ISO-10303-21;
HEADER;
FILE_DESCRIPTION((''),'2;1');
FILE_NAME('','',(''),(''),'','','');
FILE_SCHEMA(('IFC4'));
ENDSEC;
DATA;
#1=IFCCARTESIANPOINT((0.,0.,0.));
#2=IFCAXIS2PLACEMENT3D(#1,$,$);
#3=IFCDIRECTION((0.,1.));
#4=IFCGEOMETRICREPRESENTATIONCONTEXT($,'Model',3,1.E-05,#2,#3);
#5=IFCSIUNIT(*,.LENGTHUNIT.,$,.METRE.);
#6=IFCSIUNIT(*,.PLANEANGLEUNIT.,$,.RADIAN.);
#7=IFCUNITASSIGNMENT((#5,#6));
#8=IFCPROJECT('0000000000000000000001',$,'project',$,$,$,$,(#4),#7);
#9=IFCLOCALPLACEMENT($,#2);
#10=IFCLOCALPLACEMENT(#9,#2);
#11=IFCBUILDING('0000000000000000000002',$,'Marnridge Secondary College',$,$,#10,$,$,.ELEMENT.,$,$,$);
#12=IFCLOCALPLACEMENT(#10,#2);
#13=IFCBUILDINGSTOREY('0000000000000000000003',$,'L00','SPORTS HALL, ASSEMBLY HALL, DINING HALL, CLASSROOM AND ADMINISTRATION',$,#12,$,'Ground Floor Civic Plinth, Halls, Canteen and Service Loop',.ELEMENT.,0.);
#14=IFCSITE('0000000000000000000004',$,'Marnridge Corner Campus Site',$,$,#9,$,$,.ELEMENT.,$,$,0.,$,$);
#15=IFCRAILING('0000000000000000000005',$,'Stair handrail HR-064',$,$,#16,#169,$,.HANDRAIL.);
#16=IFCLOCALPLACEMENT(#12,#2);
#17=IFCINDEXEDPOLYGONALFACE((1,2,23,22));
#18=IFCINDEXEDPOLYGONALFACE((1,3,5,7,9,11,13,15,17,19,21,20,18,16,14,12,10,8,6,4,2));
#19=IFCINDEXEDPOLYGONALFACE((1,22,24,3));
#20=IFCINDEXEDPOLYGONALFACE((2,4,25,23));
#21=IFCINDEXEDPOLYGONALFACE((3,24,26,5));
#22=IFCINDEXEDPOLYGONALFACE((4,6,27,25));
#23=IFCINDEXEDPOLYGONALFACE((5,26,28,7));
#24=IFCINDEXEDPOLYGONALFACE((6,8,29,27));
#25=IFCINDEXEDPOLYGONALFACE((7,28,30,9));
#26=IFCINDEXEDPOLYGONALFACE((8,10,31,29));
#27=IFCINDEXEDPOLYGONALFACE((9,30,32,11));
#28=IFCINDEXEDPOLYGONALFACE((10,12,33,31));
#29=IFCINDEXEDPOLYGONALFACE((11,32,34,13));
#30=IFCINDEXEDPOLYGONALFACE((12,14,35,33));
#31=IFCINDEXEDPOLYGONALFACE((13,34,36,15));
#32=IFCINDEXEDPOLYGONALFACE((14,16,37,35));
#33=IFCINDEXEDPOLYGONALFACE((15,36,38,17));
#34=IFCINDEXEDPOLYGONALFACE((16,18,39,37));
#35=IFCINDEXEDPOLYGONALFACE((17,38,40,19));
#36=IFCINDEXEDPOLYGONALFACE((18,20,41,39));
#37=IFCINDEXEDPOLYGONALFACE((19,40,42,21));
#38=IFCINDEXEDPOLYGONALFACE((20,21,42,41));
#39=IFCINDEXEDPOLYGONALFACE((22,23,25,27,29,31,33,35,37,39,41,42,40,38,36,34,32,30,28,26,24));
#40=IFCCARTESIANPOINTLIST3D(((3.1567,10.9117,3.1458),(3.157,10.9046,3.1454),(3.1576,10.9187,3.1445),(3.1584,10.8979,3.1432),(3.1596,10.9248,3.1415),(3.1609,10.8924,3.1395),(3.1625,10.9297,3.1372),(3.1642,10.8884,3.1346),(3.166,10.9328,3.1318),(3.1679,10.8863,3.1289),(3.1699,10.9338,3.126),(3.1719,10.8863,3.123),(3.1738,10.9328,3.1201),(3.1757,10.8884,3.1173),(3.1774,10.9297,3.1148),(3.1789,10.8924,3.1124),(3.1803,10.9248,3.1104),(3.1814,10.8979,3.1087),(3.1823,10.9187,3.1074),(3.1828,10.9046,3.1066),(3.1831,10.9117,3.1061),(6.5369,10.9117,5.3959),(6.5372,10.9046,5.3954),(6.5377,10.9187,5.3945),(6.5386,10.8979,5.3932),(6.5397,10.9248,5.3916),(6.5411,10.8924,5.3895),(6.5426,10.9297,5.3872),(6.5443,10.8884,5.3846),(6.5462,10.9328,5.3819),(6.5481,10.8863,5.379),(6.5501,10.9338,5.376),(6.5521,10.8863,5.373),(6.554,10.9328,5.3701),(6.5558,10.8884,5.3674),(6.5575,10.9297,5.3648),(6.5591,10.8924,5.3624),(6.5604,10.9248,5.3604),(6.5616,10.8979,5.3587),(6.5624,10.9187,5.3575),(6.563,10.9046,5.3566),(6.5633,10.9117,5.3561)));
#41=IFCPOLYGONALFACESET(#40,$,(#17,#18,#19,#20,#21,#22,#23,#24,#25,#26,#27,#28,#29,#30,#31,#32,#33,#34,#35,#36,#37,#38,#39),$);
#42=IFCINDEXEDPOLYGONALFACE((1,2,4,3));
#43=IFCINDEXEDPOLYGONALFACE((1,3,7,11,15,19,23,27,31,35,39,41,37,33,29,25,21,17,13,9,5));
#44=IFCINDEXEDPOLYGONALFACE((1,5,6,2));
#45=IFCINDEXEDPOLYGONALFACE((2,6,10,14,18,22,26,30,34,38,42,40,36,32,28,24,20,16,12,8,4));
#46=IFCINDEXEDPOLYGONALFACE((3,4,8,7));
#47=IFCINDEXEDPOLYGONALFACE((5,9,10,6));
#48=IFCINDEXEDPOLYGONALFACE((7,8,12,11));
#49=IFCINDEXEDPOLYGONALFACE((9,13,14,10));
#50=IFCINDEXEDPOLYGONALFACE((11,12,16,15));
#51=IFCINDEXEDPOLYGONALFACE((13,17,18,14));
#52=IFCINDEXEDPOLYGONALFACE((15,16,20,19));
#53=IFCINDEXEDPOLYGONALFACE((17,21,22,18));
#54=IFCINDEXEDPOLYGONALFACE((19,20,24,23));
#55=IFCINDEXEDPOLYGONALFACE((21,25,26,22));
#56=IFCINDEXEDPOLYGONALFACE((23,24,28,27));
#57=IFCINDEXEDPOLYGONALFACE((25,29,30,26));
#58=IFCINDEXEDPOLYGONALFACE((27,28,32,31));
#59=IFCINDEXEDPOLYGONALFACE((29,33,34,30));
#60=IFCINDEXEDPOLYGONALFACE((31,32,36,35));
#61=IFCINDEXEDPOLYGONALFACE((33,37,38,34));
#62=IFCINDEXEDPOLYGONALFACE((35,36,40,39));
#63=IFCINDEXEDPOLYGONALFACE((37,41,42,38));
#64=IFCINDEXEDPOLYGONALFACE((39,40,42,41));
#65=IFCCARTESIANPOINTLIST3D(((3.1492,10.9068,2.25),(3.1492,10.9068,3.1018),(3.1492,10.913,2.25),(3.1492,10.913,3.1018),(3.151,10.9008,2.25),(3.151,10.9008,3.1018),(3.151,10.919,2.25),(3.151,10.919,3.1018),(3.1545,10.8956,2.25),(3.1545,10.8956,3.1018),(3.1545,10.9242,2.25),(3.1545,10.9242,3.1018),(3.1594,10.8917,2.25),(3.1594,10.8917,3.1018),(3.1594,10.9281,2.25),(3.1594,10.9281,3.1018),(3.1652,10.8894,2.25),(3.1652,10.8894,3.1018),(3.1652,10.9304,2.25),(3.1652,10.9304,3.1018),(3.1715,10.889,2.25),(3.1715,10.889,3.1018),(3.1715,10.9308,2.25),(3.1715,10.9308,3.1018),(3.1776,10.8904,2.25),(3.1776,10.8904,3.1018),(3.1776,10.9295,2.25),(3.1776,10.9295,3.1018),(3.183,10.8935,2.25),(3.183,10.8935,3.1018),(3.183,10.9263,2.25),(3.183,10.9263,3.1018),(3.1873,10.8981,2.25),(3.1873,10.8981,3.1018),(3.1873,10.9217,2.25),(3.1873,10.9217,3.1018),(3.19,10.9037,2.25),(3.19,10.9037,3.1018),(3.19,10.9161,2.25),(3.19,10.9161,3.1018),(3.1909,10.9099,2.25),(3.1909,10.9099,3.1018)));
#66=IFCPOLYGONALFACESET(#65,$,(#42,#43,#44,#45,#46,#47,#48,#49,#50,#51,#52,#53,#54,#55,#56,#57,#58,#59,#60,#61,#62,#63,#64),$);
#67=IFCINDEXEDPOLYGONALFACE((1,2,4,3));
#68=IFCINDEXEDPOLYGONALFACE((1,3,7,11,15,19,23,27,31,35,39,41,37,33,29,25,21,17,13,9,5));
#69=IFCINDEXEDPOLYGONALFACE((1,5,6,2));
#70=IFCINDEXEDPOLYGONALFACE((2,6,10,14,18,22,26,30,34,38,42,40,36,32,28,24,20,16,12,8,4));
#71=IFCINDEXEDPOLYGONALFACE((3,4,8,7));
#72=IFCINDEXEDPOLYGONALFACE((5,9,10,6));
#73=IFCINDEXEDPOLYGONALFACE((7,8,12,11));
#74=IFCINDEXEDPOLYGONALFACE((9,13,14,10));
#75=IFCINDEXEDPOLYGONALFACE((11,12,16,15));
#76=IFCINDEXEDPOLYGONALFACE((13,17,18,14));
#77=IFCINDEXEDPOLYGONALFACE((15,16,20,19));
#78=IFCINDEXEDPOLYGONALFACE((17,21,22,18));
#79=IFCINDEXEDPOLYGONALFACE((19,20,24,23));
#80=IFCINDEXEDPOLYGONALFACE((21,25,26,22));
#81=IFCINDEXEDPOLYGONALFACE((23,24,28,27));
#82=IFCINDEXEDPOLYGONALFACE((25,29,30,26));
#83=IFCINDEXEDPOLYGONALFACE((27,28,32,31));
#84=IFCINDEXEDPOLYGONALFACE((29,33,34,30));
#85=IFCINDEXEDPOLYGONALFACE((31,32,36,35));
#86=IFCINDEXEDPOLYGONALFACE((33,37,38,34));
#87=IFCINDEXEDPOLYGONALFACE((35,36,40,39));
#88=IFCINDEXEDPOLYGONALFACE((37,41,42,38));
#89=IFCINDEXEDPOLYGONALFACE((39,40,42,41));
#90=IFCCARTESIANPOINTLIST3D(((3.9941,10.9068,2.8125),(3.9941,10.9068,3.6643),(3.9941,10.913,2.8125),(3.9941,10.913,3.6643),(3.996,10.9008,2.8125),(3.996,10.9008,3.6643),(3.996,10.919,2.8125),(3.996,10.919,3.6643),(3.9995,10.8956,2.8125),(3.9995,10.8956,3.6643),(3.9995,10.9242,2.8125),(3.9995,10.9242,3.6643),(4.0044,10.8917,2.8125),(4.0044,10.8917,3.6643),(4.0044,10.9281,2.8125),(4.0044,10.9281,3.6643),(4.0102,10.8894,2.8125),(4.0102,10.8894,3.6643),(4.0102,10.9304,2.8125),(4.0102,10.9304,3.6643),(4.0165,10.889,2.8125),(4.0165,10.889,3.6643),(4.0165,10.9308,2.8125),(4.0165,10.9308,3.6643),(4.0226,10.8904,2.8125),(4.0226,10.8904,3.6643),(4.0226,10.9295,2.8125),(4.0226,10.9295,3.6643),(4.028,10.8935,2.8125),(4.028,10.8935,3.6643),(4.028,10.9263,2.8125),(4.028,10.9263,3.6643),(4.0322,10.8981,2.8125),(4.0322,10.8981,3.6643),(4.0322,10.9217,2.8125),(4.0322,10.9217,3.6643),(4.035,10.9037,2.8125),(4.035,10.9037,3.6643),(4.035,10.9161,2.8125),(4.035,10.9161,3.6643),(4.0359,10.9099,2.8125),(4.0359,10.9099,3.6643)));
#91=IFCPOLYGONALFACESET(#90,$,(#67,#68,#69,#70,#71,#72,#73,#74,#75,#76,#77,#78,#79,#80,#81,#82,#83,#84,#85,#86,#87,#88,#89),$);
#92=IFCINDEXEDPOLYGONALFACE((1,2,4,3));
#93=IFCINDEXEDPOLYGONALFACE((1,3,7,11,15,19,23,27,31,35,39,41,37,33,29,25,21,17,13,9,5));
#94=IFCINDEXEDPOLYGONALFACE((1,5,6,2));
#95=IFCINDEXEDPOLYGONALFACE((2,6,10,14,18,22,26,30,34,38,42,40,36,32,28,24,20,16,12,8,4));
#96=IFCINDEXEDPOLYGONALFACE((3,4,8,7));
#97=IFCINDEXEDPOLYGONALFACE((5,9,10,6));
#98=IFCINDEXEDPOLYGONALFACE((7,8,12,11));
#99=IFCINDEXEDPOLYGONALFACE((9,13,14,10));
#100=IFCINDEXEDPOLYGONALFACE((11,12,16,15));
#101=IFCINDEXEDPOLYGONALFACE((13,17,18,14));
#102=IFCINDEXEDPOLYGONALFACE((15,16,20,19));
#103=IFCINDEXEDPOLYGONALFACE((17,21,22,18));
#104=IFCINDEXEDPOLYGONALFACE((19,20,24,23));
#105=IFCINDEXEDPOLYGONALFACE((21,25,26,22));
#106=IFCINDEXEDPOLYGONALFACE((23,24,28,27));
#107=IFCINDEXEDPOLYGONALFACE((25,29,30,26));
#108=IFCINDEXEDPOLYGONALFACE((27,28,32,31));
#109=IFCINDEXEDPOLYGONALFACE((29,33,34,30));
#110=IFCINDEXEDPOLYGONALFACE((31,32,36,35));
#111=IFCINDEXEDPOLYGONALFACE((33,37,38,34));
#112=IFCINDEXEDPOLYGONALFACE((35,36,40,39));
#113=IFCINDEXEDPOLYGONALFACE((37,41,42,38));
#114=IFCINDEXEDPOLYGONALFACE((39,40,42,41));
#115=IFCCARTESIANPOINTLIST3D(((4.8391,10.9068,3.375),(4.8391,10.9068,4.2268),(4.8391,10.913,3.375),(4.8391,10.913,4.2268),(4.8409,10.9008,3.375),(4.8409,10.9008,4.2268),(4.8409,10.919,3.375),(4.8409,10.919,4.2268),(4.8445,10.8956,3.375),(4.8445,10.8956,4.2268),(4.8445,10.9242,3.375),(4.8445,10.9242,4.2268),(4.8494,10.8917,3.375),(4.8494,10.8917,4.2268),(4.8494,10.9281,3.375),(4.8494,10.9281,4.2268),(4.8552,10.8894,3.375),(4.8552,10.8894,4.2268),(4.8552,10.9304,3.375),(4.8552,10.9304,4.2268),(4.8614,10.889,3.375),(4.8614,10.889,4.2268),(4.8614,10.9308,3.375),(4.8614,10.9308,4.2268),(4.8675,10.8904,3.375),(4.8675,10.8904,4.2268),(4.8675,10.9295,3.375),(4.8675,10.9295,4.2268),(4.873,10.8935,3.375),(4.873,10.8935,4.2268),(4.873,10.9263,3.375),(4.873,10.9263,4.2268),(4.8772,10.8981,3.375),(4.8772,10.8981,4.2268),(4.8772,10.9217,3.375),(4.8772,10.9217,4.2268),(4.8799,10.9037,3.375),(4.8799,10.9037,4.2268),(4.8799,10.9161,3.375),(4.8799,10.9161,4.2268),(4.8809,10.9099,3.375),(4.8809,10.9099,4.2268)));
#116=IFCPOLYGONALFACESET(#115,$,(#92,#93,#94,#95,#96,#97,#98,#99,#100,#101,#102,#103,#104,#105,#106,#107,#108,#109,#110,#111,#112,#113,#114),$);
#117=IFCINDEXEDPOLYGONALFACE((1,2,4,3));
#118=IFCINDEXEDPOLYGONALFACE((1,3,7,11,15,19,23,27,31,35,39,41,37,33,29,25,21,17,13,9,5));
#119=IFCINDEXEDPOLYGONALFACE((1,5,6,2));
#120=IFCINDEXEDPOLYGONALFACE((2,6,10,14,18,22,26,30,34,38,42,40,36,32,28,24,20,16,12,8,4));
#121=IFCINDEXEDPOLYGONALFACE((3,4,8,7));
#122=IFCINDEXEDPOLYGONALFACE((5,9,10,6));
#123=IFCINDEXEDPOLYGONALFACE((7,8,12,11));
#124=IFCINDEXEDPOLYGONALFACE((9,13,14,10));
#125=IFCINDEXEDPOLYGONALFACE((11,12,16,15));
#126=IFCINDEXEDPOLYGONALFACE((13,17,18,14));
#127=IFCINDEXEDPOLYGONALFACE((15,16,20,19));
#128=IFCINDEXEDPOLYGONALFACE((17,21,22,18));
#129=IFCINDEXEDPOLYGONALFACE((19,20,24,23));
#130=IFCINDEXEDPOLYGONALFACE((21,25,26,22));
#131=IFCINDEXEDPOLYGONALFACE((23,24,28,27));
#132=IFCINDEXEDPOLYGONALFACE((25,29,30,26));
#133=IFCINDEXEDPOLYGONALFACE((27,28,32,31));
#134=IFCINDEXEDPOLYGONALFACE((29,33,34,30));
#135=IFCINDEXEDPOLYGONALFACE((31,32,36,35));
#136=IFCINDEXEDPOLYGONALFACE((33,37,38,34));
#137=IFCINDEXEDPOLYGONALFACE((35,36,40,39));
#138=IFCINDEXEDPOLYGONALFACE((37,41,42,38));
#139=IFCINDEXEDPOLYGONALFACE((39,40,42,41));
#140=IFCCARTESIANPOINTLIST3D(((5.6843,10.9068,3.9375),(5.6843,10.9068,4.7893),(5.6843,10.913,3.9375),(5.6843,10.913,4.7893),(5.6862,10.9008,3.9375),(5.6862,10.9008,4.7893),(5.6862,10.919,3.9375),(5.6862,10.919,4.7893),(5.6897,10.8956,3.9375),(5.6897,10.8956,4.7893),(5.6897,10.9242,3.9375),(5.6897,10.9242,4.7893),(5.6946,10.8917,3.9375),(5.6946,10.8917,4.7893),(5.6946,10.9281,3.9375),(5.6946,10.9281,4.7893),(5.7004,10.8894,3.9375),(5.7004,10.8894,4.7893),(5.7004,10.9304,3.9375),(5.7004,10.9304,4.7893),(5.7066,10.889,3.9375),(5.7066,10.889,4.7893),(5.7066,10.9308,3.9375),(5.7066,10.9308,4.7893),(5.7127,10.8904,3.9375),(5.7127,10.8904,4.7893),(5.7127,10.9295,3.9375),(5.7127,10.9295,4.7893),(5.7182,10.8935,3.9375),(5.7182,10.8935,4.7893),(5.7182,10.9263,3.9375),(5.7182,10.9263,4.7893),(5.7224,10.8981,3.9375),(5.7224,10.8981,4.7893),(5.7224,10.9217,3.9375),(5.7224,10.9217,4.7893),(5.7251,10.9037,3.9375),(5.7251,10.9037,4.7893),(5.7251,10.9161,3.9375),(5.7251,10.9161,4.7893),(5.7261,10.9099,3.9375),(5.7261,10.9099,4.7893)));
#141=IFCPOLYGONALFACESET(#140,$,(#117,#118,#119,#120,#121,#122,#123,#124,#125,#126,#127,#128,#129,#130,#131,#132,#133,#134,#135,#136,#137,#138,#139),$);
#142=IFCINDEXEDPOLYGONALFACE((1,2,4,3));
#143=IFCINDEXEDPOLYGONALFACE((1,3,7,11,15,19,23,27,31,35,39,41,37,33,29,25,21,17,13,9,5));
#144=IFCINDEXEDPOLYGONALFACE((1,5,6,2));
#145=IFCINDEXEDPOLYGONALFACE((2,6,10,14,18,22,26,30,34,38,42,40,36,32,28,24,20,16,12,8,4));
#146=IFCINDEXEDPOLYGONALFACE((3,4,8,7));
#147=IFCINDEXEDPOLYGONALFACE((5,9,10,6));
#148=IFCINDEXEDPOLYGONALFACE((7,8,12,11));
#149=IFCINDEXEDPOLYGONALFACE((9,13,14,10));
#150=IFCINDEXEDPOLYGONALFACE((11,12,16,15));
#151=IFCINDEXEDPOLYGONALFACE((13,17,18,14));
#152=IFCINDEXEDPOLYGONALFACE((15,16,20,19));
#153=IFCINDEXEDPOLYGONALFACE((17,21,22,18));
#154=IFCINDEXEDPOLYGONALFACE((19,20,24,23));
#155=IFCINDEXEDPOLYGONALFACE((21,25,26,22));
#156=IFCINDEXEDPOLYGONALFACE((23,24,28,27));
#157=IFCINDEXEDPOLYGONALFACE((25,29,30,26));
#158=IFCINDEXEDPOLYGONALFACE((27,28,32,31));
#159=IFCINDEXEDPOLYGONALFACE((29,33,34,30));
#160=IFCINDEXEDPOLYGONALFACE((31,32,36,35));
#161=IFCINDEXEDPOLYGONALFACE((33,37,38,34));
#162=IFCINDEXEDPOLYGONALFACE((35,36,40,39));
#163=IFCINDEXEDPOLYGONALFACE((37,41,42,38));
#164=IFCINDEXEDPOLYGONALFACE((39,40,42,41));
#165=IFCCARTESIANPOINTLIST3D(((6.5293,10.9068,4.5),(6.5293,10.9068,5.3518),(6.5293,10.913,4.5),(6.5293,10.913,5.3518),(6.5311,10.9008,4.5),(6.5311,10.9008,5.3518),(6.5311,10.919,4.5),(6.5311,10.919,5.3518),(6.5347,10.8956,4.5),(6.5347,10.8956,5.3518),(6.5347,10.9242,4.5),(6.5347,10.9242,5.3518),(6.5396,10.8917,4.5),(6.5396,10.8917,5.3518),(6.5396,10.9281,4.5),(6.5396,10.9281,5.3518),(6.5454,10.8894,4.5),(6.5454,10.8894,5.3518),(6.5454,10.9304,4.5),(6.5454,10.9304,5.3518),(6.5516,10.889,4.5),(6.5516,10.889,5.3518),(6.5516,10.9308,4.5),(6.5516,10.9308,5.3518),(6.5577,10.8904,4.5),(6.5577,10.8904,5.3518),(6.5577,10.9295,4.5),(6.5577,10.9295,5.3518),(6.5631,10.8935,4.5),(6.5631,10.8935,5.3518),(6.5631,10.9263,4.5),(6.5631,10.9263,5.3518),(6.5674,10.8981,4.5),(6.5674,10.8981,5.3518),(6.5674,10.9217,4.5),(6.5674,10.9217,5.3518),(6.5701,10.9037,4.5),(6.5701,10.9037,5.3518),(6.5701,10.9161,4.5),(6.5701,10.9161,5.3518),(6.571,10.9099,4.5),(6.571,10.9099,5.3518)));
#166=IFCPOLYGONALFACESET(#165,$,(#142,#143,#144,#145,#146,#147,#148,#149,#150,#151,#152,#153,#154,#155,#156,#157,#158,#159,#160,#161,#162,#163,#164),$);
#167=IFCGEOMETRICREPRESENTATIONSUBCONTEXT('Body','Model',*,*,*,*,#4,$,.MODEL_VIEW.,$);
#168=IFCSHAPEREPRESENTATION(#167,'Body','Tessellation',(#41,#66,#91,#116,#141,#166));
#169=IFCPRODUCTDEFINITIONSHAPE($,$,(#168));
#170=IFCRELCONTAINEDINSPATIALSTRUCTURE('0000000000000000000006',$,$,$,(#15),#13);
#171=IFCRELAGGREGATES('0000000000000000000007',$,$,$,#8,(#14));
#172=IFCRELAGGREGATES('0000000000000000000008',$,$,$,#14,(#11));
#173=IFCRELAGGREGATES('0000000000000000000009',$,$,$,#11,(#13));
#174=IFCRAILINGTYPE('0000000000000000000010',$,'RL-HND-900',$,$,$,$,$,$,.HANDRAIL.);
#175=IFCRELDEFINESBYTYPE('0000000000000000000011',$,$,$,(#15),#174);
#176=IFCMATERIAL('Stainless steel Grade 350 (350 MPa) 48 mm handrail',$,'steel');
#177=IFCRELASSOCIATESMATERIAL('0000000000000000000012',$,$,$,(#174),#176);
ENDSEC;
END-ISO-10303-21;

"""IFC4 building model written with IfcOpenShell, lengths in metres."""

from ifc_helpers import new_model, si_unit, direction, frame, origin, origin_2d, place, context, subcontext, project, spatial, circle, extrude, material, type_object, element, save


model = new_model("IFC4")

# Units and contexts
model_context = context("Model", 3, precision=1e-05, world=origin(), true_north=direction((0.0, 1.0)))
body_context = subcontext(model_context, "Body", "Model", "MODEL_VIEW")
ifc_project = project(units=[si_unit("LENGTHUNIT", "METRE"), si_unit("PLANEANGLEUNIT", "RADIAN")], contexts=[model_context])

# Site, building, storey
site_placement = place(None, origin())
site = spatial("IfcSite", under=ifc_project, at=site_placement, Name="Marnridge Corner Campus Site", CompositionType="ELEMENT", RefElevation=0.0)
building_placement = place(site_placement, origin())
building = spatial("IfcBuilding", under=site, at=building_placement, Name="Marnridge Secondary College", CompositionType="ELEMENT")
storey_placement = place(building_placement, origin())
storey = spatial("IfcBuildingStorey", under=building, at=storey_placement, Name="L00", Description="SPORTS HALL, ASSEMBLY HALL, DINING HALL, CLASSROOM AND ADMINISTRATION", LongName="Ground Floor Civic Plinth, Halls, Canteen and Service Loop", CompositionType="ELEMENT", Elevation=0.0)

# Railing
ifc_material_1 = material(Name="Stainless steel Grade 350 (350 MPa) 48 mm handrail", Category="steel")
railing_type = type_object("IfcRailingType", Name="RL-HND-900", PredefinedType="HANDRAIL", material=ifc_material_1)
for number, where, name in (
    (1, (3.1699, 10.9099, 2.25), "Stair handrail HR-064"),
):
    element("IfcRailing", number, at=place(storey_placement, frame(where)), inside=storey, type_object=railing_type, Name=name, PredefinedType="HANDRAIL", context=body_context, shape_type="SweptSolid", body=[
        extrude(circle(Radius=0.0239, at=origin_2d()), frame((0.0, 0.0, 0.876), z_axis=(0.832439, 0.0, 0.554117), x_axis=(0.0, 1.0, 0.0)), (0.0, 0.0, 1.0), 4.0605),
        extrude(circle(Radius=0.021, at=origin_2d()), origin(), (0.0, 0.0, 1.0), 0.8518),
        extrude(circle(Radius=0.021, at=origin_2d()), frame((0.845, 0.0, 0.5625)), (0.0, 0.0, 1.0), 0.8518),
        extrude(circle(Radius=0.021, at=origin_2d()), frame((1.6899, 0.0, 1.125)), (0.0, 0.0, 1.0), 0.8518),
        extrude(circle(Radius=0.021, at=origin_2d()), frame((2.5352, 0.0, 1.6875)), (0.0, 0.0, 1.0), 0.8518),
        extrude(circle(Radius=0.021, at=origin_2d()), frame((3.3801, 0.0, 2.25)), (0.0, 0.0, 1.0), 0.8518),
    ])

save(model, "model.ifc")
